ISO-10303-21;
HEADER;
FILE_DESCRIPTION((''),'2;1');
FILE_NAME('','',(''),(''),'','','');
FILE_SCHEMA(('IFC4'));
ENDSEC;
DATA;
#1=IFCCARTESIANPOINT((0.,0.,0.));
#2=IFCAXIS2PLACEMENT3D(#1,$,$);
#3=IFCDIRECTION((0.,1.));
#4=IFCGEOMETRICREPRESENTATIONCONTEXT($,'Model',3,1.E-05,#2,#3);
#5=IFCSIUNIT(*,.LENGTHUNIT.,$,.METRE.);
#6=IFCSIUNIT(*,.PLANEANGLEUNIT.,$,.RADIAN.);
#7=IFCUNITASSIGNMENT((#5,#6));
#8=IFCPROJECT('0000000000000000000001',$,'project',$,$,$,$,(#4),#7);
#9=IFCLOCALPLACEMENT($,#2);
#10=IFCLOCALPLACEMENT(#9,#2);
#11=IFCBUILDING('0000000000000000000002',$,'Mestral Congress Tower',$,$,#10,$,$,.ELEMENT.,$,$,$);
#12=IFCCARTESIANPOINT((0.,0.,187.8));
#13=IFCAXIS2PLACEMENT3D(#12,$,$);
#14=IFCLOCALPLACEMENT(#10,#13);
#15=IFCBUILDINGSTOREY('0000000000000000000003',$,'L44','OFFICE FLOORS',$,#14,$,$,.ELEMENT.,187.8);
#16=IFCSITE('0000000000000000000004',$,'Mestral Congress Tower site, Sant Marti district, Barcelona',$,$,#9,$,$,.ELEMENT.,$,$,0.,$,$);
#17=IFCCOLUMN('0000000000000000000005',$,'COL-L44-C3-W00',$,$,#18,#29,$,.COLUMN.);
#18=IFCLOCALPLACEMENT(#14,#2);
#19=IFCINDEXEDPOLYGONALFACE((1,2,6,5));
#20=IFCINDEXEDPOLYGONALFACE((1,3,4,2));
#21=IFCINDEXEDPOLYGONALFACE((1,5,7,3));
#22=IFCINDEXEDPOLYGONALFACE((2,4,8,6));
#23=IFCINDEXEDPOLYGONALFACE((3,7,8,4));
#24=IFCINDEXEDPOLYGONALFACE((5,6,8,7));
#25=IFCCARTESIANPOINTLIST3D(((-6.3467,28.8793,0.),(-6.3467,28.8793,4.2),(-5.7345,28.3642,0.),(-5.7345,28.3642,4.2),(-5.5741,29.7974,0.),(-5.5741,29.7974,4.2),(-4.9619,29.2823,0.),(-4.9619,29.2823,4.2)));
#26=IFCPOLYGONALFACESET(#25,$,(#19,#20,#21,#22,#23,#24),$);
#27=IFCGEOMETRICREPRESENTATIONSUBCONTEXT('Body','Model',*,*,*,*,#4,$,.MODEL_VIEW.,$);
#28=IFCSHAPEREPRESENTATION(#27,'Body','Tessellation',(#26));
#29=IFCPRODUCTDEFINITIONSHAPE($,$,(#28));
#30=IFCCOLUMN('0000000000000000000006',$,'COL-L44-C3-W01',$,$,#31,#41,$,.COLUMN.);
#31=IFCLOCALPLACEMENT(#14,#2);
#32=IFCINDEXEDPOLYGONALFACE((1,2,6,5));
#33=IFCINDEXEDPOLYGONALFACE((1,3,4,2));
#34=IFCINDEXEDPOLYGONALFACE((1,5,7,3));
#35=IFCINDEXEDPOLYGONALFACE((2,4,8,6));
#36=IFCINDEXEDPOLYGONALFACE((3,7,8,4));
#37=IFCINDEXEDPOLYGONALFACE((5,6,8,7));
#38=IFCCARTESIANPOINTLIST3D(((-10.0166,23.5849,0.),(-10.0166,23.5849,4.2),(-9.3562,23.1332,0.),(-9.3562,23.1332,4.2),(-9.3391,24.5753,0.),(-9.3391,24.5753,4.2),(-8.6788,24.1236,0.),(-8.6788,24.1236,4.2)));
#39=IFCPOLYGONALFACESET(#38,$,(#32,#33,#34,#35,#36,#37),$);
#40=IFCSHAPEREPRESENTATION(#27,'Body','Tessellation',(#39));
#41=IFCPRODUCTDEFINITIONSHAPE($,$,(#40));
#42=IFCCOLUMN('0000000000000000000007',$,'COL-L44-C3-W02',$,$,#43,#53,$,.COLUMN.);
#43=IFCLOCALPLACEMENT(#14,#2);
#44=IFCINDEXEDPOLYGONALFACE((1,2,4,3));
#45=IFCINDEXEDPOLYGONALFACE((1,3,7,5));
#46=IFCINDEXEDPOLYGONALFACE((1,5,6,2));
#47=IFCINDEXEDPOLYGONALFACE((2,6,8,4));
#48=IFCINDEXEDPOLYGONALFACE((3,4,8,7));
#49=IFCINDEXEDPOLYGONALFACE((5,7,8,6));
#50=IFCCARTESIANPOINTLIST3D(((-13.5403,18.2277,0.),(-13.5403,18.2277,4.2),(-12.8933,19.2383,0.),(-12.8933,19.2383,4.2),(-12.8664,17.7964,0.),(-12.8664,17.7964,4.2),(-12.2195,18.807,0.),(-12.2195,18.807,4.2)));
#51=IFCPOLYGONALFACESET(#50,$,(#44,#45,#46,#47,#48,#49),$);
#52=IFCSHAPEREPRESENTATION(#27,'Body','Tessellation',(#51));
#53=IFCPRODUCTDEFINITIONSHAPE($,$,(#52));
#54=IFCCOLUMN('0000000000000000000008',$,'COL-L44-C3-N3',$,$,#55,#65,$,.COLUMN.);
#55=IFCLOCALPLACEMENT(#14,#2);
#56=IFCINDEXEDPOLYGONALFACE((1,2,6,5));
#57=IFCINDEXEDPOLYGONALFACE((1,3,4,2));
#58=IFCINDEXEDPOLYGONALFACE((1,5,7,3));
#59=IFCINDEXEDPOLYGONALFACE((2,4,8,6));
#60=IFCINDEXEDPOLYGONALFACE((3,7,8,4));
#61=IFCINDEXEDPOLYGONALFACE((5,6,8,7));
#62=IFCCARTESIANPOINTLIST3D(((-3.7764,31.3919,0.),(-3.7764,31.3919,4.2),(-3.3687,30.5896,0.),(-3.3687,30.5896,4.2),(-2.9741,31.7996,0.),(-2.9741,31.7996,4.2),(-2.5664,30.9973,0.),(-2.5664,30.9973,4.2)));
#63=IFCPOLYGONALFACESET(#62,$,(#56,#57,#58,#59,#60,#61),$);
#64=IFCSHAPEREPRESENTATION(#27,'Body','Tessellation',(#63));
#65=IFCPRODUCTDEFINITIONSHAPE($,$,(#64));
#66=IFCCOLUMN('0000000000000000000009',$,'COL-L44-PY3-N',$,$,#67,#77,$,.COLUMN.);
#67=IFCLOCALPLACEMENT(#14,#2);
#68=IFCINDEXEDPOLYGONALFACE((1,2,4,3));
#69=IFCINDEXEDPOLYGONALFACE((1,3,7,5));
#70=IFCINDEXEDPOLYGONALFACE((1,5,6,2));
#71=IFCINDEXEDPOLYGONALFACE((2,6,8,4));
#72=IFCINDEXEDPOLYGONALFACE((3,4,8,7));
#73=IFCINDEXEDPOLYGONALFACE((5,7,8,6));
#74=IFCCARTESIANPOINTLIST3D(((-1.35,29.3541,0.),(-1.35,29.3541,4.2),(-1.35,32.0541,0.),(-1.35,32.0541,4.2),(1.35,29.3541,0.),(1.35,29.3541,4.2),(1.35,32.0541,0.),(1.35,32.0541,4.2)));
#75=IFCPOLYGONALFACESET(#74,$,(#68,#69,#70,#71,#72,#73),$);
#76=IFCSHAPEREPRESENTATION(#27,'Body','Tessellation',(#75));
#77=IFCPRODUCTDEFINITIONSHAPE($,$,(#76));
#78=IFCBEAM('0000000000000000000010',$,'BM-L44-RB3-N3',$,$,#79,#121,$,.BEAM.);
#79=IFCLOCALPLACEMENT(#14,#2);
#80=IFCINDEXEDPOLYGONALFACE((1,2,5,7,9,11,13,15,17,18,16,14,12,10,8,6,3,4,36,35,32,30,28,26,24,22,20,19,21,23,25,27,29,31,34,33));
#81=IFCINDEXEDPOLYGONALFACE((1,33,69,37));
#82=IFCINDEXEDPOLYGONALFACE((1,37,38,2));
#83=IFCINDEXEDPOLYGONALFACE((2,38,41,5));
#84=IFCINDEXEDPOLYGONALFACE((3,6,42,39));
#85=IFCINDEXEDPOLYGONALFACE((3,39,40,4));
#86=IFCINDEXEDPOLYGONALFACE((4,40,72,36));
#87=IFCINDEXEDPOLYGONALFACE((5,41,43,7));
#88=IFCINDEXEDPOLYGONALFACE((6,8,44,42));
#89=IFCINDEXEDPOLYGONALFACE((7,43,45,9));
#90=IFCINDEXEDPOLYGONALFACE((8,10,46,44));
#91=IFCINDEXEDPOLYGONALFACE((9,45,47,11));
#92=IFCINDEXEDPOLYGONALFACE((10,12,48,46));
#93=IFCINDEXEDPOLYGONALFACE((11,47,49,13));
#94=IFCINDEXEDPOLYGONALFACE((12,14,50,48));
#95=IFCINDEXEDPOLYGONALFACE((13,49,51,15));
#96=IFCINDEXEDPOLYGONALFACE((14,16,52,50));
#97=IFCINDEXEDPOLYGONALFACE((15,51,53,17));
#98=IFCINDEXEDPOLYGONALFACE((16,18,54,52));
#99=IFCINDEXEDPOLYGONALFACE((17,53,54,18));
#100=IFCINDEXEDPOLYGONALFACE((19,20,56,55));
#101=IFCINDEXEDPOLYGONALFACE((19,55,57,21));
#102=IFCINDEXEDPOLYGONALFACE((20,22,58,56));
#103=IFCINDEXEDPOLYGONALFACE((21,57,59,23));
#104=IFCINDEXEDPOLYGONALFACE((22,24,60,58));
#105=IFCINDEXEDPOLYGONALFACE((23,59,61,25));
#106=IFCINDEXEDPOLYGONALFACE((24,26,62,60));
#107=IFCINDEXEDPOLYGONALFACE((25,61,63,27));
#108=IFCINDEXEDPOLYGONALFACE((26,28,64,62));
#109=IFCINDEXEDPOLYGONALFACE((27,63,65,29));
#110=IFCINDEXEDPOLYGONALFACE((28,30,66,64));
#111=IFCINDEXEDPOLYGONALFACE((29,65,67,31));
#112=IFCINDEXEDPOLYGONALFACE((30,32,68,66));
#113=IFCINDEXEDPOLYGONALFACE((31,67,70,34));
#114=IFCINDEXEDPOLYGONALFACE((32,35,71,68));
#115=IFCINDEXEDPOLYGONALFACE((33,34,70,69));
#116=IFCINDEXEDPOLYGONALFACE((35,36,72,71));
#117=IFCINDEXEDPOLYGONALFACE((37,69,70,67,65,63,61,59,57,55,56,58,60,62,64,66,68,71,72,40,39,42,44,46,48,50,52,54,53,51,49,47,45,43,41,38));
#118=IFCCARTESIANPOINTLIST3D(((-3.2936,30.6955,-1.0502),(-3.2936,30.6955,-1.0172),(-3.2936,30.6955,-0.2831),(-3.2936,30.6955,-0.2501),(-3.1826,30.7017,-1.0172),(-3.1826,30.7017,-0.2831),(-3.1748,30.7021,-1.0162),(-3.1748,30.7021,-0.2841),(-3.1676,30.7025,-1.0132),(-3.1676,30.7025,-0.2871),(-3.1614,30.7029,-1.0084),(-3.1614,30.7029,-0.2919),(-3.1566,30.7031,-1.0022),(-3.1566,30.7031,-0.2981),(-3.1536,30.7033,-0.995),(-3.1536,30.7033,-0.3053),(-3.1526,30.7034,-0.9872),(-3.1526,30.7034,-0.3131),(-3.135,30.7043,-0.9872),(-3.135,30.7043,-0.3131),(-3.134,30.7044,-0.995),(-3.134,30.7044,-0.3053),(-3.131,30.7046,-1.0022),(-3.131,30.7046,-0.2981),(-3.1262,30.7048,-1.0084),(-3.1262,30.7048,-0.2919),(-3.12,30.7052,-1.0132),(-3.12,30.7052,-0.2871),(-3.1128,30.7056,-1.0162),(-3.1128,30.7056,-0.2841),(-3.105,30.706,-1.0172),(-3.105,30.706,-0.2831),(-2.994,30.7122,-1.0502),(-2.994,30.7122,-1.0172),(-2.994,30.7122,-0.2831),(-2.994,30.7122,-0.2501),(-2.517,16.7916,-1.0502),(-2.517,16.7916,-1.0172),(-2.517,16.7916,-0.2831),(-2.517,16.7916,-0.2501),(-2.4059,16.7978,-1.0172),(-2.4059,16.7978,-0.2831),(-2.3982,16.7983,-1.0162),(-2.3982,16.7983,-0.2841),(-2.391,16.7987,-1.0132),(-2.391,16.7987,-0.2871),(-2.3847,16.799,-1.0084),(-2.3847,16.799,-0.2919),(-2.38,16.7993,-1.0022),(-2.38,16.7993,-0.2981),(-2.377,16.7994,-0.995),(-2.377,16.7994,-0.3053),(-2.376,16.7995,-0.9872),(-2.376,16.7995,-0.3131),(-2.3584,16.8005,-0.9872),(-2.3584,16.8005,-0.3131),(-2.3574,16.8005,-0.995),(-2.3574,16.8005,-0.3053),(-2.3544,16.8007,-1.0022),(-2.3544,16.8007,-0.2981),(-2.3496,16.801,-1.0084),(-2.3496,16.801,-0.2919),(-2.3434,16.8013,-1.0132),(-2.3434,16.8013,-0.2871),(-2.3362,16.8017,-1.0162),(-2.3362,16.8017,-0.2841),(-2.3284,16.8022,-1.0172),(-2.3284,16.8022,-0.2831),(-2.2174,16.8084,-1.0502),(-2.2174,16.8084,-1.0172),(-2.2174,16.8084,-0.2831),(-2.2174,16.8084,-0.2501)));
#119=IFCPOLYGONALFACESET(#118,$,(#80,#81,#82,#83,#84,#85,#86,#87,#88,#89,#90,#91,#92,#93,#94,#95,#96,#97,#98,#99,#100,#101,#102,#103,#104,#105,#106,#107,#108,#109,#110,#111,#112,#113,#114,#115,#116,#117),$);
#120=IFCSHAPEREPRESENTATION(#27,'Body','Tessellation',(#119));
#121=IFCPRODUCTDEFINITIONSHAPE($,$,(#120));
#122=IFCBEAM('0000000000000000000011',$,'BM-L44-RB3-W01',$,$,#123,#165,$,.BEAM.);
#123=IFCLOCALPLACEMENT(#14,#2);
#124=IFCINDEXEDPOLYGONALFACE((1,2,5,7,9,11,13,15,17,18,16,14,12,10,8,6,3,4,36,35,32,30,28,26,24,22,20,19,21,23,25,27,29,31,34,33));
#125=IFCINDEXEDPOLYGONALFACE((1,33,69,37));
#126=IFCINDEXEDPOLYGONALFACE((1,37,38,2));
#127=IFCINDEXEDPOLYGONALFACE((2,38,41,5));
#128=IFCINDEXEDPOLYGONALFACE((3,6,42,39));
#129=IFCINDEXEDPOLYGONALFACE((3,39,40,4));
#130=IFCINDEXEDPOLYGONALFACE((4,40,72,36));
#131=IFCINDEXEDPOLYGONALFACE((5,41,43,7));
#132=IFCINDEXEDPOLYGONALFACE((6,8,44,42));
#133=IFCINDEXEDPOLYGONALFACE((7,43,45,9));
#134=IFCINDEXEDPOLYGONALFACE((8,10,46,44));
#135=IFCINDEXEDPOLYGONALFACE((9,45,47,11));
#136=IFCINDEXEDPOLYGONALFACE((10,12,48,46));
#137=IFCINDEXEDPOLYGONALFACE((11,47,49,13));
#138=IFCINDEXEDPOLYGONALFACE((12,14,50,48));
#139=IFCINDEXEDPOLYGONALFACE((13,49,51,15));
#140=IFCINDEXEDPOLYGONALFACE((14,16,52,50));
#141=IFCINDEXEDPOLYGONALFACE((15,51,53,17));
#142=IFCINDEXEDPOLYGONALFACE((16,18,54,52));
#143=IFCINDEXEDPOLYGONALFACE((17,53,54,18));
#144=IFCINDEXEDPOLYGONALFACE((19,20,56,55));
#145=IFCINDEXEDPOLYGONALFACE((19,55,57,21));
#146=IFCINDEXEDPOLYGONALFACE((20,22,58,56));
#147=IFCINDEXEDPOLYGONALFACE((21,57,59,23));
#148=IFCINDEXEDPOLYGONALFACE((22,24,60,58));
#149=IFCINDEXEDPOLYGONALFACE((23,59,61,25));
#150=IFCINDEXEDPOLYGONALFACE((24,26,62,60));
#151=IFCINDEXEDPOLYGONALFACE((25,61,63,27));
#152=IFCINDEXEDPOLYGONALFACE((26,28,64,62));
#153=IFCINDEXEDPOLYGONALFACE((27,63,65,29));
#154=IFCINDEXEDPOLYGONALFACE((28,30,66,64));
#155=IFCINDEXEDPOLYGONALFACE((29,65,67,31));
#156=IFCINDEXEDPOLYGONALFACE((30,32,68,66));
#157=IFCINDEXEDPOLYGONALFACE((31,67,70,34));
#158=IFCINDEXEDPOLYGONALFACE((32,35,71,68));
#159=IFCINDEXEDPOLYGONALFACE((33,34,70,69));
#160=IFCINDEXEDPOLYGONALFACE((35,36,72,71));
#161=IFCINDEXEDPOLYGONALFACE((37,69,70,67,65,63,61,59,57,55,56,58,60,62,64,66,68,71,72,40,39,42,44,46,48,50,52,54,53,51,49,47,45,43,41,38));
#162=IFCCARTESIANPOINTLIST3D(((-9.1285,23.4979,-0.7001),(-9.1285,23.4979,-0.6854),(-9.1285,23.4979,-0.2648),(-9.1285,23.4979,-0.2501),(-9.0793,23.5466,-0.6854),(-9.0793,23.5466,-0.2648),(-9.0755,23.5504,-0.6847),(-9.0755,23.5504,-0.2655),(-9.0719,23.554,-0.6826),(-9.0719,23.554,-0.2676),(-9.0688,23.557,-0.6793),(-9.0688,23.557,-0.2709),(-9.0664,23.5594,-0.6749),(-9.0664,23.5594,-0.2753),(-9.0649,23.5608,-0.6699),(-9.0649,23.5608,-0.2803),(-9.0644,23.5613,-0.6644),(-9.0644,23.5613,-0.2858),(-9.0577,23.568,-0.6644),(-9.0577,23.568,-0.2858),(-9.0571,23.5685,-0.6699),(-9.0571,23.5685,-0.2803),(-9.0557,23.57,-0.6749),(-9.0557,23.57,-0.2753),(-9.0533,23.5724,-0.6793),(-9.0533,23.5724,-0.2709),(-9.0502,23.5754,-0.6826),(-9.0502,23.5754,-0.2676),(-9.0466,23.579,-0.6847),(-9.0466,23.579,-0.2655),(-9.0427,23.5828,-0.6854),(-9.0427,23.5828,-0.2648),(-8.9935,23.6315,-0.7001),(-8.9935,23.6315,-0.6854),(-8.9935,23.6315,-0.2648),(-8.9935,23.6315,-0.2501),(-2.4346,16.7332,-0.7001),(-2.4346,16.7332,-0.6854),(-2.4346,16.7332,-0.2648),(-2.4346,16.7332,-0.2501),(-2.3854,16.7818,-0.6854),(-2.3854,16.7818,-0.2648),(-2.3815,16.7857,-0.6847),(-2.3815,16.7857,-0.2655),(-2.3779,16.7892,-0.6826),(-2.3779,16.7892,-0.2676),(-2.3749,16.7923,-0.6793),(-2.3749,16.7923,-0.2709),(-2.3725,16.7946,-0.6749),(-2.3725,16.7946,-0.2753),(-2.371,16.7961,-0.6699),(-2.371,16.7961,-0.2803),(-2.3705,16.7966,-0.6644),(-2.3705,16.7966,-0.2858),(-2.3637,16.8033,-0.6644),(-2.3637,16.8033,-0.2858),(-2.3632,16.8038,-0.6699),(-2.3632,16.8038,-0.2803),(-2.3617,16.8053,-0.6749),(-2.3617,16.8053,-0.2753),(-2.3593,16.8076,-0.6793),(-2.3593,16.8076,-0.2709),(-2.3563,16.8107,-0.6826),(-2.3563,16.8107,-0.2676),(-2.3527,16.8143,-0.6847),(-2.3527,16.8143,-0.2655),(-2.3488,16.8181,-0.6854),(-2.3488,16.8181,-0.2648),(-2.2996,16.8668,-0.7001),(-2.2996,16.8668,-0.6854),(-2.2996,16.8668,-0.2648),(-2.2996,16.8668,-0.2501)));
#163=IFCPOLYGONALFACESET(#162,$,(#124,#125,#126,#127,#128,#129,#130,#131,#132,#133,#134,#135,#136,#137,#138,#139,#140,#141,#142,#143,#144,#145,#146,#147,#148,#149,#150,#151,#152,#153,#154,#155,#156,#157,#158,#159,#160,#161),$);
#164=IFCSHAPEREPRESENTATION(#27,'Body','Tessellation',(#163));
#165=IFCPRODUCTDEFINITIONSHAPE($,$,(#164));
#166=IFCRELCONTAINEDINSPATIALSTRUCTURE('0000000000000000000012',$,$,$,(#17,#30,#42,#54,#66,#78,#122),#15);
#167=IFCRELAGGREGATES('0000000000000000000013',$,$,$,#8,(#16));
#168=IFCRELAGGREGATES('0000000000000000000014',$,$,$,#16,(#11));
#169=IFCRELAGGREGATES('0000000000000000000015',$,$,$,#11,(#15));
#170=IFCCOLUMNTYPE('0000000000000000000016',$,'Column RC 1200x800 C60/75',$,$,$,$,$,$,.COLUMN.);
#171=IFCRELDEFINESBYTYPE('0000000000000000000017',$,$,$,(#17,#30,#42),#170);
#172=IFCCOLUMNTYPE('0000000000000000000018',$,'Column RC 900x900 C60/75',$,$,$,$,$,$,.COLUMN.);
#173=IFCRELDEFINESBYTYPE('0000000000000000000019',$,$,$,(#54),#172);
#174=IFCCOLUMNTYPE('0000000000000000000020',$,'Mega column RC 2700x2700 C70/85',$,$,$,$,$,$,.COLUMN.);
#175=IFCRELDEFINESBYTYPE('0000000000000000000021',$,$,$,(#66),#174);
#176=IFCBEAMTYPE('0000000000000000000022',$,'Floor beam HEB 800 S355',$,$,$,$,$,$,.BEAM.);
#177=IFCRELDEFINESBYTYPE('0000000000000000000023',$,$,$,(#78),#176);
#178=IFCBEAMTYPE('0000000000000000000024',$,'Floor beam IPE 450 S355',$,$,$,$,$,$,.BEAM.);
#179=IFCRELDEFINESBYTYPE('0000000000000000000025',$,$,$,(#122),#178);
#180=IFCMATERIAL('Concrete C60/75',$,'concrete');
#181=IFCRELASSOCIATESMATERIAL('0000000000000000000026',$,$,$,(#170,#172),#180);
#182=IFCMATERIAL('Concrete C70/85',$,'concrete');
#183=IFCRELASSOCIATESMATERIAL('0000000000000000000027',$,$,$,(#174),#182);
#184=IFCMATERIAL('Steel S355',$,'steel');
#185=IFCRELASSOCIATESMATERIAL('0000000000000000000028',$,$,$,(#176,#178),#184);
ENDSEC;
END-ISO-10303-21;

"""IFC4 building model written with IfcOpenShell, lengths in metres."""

from ifc_helpers import new_model, si_unit, direction, frame, origin, origin_2d, place, context, subcontext, project, spatial, rectangle, i_section, extrude, material, material_profile, profile_set, type_object, element, save


model = new_model("IFC4")

# Units and contexts
model_context = context("Model", 3, precision=1e-05, world=origin(), true_north=direction((0.0, 1.0)))
body_context = subcontext(model_context, "Body", "Model", "MODEL_VIEW")
ifc_project = project(units=[si_unit("LENGTHUNIT", "METRE"), si_unit("PLANEANGLEUNIT", "RADIAN")], contexts=[model_context])

# Site, building, storey
site_placement = place(None, origin())
site = spatial("IfcSite", under=ifc_project, at=site_placement, Name="Mestral Congress Tower site, Sant Marti district, Barcelona", CompositionType="ELEMENT", RefElevation=0.0)
building_placement = place(site_placement, origin())
building = spatial("IfcBuilding", under=site, at=building_placement, Name="Mestral Congress Tower", CompositionType="ELEMENT")
storey_placement = place(building_placement, frame((0.0, 0.0, 187.8)))
storey = spatial("IfcBuildingStorey", under=building, at=storey_placement, Name="L44", Description="OFFICE FLOORS", CompositionType="ELEMENT", Elevation=187.8)

# Columns
ifc_material_1 = material(Name="Concrete C60/75", Category="concrete")
ifc_material_profile_1 = material_profile(ifc_material_1, rectangle(XDim=1.2, YDim=0.8, at=origin_2d()), Name="RC 1200x800")
ifc_profile_set_1 = profile_set([ifc_material_profile_1], Name="Concrete C60/75")
column_type_1 = type_object("IfcColumnType", Name="Column RC 1200x800 C60/75", PredefinedType="COLUMN", material=ifc_profile_set_1)
for number, where, z_axis, x_axis, name in (
    (1, (-5.6543, 29.0808, 0.0), (0.0, 0.0, 1.0), (-0.643827, -0.765171, 0.0), "COL-L44-C3-W00"),
    (2, (-9.3477, 23.8542, 0.0), (0.0, 0.0, 1.0), (-0.564568, -0.825387, 0.0), "COL-L44-C3-W01"),
    (3, (-12.8799, 18.5173, 0.0), (0.0, 0.0, 1.0), (-0.539115, -0.842232, 0.0), "COL-L44-C3-W02"),
):
    element("IfcColumn", number, at=place(storey_placement, frame(where, z_axis=z_axis, x_axis=x_axis)), inside=storey, type_object=column_type_1, Name=name, PredefinedType="COLUMN", context=body_context, shape_type="SweptSolid", body=[
        extrude(rectangle(XDim=1.2, YDim=0.8, at=origin_2d()), origin(), (0.0, 0.0, 1.0), 4.2),
    ])
ifc_material_profile_2 = material_profile(ifc_material_1, rectangle(XDim=0.8999, YDim=0.8999, at=origin_2d()), Name="RC 900x900")
ifc_profile_set_2 = profile_set([ifc_material_profile_2], Name="Concrete C60/75")
column_type_2 = type_object("IfcColumnType", Name="Column RC 900x900 C60/75", PredefinedType="COLUMN", material=ifc_profile_set_2)
column_1_placement = place(storey_placement, frame((-3.1714, 31.1946, 0.0), z_axis=(0.0, 0.0, 1.0), x_axis=(-0.891486, -0.453048, 0.0)))
element("IfcColumn", 4, at=column_1_placement, inside=storey, type_object=column_type_2, Name="COL-L44-C3-N3", PredefinedType="COLUMN", context=body_context, shape_type="SweptSolid", body=[
    extrude(rectangle(XDim=0.8999, YDim=0.8999, at=origin_2d()), origin(), (0.0, 0.0, 1.0), 4.2),
])
ifc_material_2 = material(Name="Concrete C70/85", Category="concrete")
ifc_material_profile_3 = material_profile(ifc_material_2, rectangle(XDim=2.7, YDim=2.7, at=origin_2d()), Name="RC 2700x2700")
ifc_profile_set_3 = profile_set([ifc_material_profile_3], Name="Concrete C70/85")
column_type_3 = type_object("IfcColumnType", Name="Mega column RC 2700x2700 C70/85", PredefinedType="COLUMN", material=ifc_profile_set_3)
column_2_placement = place(storey_placement, frame((0.0, 30.7041, 0.0), z_axis=(0.0, 0.0, 1.0), x_axis=(0.0, 1.0, 0.0)))
element("IfcColumn", 5, at=column_2_placement, inside=storey, type_object=column_type_3, Name="COL-L44-PY3-N", PredefinedType="COLUMN", context=body_context, shape_type="SweptSolid", body=[
    extrude(rectangle(XDim=2.7, YDim=2.7, at=origin_2d()), origin(), (0.0, 0.0, 1.0), 4.2),
])

# Beams
ifc_material_3 = material(Name="Steel S355", Category="steel")
ifc_material_profile_4 = material_profile(ifc_material_3, i_section(OverallWidth=0.3, OverallDepth=0.8, WebThickness=0.0176, FlangeThickness=0.033, FilletRadius=0.03, at=origin_2d()), Name="HEB 800")
ifc_profile_set_4 = profile_set([ifc_material_profile_4], Name="Steel S355")
beam_type_1 = type_object("IfcBeamType", Name="Floor beam HEB 800 S355", PredefinedType="BEAM", material=ifc_profile_set_4)
beam_1_placement = place(storey_placement, frame((-3.1438, 30.7039, -0.6501), z_axis=(0.055769, -0.998444, 0.0), x_axis=(0.998444, 0.055769, 0.0)))
element("IfcBeam", 6, at=beam_1_placement, inside=storey, type_object=beam_type_1, Name="BM-L44-RB3-N3", PredefinedType="BEAM", context=body_context, shape_type="SweptSolid", body=[
    extrude(i_section(OverallWidth=0.3, OverallDepth=0.8, WebThickness=0.0176, FlangeThickness=0.033, FilletRadius=0.03, at=origin_2d()), origin(), (0.0, 0.0, 1.0), 13.9255),
])
ifc_material_profile_5 = material_profile(ifc_material_3, i_section(OverallWidth=0.1899, OverallDepth=0.45, WebThickness=0.0095, FlangeThickness=0.0146, FilletRadius=0.021, at=origin_2d()), Name="IPE 450")
ifc_profile_set_5 = profile_set([ifc_material_profile_5], Name="Steel S355")
beam_type_2 = type_object("IfcBeamType", Name="Floor beam IPE 450 S355", PredefinedType="BEAM", material=ifc_profile_set_5)
beam_2_placement = place(storey_placement, frame((-9.061, 23.5647, -0.4751), z_axis=(0.703377, -0.710817, 0.0), x_axis=(0.710817, 0.703377, 0.0)))
element("IfcBeam", 7, at=beam_2_placement, inside=storey, type_object=beam_type_2, Name="BM-L44-RB3-W01", PredefinedType="BEAM", context=body_context, shape_type="SweptSolid", body=[
    extrude(i_section(OverallWidth=0.1899, OverallDepth=0.45, WebThickness=0.0095, FlangeThickness=0.0146, FilletRadius=0.021, at=origin_2d()), origin(), (0.0, 0.0, 1.0), 9.5168),
])

save(model, "model.ifc")
